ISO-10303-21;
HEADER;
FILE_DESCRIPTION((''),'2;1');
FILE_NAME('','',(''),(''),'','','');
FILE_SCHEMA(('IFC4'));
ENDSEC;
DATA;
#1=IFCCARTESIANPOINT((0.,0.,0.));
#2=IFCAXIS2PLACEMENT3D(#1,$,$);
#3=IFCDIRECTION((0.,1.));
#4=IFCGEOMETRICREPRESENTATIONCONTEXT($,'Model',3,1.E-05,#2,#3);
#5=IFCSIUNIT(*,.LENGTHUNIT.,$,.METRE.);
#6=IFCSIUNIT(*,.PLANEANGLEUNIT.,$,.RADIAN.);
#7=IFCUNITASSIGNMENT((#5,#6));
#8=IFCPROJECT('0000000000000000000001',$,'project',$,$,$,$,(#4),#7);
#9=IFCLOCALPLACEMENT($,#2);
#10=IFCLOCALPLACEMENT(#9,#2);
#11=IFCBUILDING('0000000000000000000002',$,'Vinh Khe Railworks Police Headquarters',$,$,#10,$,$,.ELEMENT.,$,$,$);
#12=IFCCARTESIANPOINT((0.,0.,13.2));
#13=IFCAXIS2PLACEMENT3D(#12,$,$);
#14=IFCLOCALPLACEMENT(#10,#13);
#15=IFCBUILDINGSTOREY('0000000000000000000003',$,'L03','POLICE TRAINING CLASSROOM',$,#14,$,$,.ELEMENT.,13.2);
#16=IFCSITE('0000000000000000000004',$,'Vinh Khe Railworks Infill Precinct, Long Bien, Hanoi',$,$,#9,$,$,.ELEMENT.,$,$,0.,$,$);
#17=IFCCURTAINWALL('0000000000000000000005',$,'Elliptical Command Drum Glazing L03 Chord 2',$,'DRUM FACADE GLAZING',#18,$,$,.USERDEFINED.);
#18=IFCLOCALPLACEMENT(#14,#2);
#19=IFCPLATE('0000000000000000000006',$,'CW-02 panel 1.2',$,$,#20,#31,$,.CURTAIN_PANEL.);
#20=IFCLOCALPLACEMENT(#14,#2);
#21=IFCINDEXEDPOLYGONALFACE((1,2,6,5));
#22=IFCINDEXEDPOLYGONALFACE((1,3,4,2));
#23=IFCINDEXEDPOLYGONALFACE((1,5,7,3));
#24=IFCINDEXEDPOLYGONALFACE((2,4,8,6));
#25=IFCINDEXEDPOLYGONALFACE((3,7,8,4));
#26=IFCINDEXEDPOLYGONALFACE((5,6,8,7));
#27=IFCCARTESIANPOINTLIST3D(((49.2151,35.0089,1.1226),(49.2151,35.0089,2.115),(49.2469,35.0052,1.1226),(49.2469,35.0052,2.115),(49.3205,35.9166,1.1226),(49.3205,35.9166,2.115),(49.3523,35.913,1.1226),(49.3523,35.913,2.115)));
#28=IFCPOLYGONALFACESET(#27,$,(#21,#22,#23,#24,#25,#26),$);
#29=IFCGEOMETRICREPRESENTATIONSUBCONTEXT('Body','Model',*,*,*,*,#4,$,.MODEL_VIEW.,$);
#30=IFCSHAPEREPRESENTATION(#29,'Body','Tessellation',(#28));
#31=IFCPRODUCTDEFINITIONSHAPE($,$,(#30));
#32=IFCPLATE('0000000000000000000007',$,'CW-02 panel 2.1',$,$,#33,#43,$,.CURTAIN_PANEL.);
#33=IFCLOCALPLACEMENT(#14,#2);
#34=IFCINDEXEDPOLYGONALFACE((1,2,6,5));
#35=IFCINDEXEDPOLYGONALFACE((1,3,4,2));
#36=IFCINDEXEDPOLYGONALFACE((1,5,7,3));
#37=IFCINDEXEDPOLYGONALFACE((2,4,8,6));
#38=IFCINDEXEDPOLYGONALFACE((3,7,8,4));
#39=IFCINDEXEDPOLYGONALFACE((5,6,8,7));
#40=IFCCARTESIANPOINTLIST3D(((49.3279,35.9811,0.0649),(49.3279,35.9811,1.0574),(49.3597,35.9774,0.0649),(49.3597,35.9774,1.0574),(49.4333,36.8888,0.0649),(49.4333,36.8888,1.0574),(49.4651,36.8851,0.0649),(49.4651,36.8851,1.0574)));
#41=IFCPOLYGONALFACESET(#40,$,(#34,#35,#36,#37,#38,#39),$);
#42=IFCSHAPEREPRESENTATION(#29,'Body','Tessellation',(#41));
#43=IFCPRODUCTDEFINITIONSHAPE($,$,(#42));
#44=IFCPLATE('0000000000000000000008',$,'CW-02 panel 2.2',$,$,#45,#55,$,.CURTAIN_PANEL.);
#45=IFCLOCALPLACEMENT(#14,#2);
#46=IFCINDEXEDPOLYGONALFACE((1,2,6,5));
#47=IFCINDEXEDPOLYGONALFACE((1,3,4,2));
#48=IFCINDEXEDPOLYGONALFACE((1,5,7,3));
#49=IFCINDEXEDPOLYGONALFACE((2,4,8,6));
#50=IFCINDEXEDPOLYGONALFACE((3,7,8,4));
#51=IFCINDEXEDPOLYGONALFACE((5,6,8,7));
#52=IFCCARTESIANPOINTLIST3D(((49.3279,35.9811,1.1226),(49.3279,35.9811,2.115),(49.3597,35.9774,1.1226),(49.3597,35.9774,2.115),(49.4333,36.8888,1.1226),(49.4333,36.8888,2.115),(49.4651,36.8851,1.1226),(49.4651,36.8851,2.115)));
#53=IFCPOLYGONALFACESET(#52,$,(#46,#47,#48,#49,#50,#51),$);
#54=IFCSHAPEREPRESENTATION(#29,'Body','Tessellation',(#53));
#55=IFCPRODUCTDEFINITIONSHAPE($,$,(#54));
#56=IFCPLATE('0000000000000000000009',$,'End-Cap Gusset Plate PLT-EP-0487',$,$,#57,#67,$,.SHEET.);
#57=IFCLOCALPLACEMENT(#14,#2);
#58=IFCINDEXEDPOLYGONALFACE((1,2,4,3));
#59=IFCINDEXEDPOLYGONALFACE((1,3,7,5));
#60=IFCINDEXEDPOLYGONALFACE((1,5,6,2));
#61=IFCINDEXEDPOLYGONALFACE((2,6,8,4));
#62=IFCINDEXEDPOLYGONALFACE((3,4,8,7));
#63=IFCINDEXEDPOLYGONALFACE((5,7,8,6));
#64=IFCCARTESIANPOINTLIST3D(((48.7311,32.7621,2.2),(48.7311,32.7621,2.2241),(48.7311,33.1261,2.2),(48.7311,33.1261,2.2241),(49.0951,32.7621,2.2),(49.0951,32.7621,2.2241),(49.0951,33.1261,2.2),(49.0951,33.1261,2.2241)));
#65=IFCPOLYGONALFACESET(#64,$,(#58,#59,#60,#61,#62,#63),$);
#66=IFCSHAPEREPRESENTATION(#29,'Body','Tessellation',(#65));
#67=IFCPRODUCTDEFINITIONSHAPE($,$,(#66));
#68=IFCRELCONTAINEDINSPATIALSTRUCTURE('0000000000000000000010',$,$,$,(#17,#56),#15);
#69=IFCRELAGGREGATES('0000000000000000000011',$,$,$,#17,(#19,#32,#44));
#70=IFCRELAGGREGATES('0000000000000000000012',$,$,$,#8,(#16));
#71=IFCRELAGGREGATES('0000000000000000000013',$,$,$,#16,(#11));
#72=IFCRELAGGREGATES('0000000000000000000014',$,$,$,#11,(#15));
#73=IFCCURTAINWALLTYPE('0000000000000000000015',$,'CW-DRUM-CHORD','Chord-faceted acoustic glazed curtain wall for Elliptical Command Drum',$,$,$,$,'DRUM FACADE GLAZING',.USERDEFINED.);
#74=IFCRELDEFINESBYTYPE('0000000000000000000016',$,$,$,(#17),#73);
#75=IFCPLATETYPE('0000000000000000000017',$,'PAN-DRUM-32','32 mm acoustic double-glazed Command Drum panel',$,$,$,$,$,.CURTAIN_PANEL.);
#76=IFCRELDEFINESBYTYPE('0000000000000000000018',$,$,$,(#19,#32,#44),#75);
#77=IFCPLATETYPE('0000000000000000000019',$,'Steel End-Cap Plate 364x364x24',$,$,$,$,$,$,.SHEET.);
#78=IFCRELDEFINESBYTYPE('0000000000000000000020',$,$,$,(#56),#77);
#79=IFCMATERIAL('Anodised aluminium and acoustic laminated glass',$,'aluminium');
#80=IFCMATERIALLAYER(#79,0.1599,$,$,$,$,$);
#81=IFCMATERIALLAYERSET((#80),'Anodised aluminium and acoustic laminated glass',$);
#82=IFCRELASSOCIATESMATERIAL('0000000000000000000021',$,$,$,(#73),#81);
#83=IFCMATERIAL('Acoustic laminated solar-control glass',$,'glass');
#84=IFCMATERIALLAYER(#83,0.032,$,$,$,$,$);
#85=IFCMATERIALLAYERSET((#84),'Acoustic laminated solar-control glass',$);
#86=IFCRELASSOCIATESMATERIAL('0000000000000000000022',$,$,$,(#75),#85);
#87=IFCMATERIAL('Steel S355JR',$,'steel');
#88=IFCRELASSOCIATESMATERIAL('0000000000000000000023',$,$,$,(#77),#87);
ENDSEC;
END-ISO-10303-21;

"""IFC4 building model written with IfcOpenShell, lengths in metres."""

from ifc_helpers import new_model, si_unit, direction, frame, origin, origin_2d, place, context, subcontext, project, spatial, rectangle, extrude, material, layer, layer_set, material_profile, profile_set, type_object, element, aggregate, save


model = new_model("IFC4")

# Units and contexts
model_context = context("Model", 3, precision=1e-05, world=origin(), true_north=direction((0.0, 1.0)))
body_context = subcontext(model_context, "Body", "Model", "MODEL_VIEW")
ifc_project = project(units=[si_unit("LENGTHUNIT", "METRE"), si_unit("PLANEANGLEUNIT", "RADIAN")], contexts=[model_context])

# Site, building, storey
site_placement = place(None, origin())
site = spatial("IfcSite", under=ifc_project, at=site_placement, Name="Vinh Khe Railworks Infill Precinct, Long Bien, Hanoi", CompositionType="ELEMENT", RefElevation=0.0)
building_placement = place(site_placement, origin())
building = spatial("IfcBuilding", under=site, at=building_placement, Name="Vinh Khe Railworks Police Headquarters", CompositionType="ELEMENT")
storey_placement = place(building_placement, frame((0.0, 0.0, 13.2)))
storey = spatial("IfcBuildingStorey", under=building, at=storey_placement, Name="L03", Description="POLICE TRAINING CLASSROOM", CompositionType="ELEMENT", Elevation=13.2)

# Curtain wall
ifc_material_1 = material(Name="Anodised aluminium and acoustic laminated glass", Category="aluminium")
ifc_layer_1 = layer(ifc_material_1, 0.1599)
ifc_layer_set_1 = layer_set([ifc_layer_1], Name="Anodised aluminium and acoustic laminated glass")
curtain_wall_type = type_object("IfcCurtainWallType", Name="CW-DRUM-CHORD", Description="Chord-faceted acoustic glazed curtain wall for Elliptical Command Drum", ElementType="DRUM FACADE GLAZING", PredefinedType="USERDEFINED", material=ifc_layer_set_1)
curtain_wall_1_placement = place(storey_placement, origin())
curtain_wall_1 = element("IfcCurtainWall", 1, at=curtain_wall_1_placement, inside=storey, type_object=curtain_wall_type, Name="Elliptical Command Drum Glazing L03 Chord 2", ObjectType="DRUM FACADE GLAZING", PredefinedType="USERDEFINED")

# Shared definitions
ifc_material_2 = material(Name="Steel S355JR", Category="steel")

# Plates
ifc_material_3 = material(Name="Acoustic laminated solar-control glass", Category="glass")
ifc_layer_2 = layer(ifc_material_3, 0.032)
ifc_layer_set_2 = layer_set([ifc_layer_2], Name="Acoustic laminated solar-control glass")
plate_type_1 = type_object("IfcPlateType", Name="PAN-DRUM-32", Description="32 mm acoustic double-glazed Command Drum panel", PredefinedType="CURTAIN_PANEL", material=ifc_layer_set_2)
plate_1_placement = place(storey_placement, frame((49.2837, 35.4609, 1.1226), z_axis=(0.0, 0.0, 1.0), x_axis=(0.115318, 0.993329, 0.0)))
plate_1 = element("IfcPlate", 2, at=plate_1_placement, type_object=plate_type_1, Name="CW-02 panel 1.2", PredefinedType="CURTAIN_PANEL", context=body_context, shape_type="SweptSolid", body=[
    extrude(rectangle(XDim=0.9138, YDim=0.032, at=origin_2d()), origin(), (0.0, 0.0, 1.0), 0.9924),
])
plate_2_placement = place(storey_placement, frame((49.3965, 36.4331, 0.0649), z_axis=(0.0, 0.0, 1.0), x_axis=(0.115318, 0.993329, 0.0)))
plate_2 = element("IfcPlate", 3, at=plate_2_placement, type_object=plate_type_1, Name="CW-02 panel 2.1", PredefinedType="CURTAIN_PANEL", context=body_context, shape_type="SweptSolid", body=[
    extrude(rectangle(XDim=0.9138, YDim=0.032, at=origin_2d()), origin(), (0.0, 0.0, 1.0), 0.9924),
])
plate_3_placement = place(storey_placement, frame((49.3965, 36.4331, 1.1226), z_axis=(0.0, 0.0, 1.0), x_axis=(0.115318, 0.993329, 0.0)))
plate_3 = element("IfcPlate", 4, at=plate_3_placement, type_object=plate_type_1, Name="CW-02 panel 2.2", PredefinedType="CURTAIN_PANEL", context=body_context, shape_type="SweptSolid", body=[
    extrude(rectangle(XDim=0.9138, YDim=0.032, at=origin_2d()), origin(), (0.0, 0.0, 1.0), 0.9924),
])
aggregate(curtain_wall_1, [plate_1, plate_2, plate_3])
ifc_material_profile_1 = material_profile(ifc_material_2, rectangle(XDim=0.364, YDim=0.364, at=origin_2d()), Name="PL 364x364")
ifc_profile_set_1 = profile_set([ifc_material_profile_1], Name="Steel S355JR")
plate_type_2 = type_object("IfcPlateType", Name="Steel End-Cap Plate 364x364x24", PredefinedType="SHEET", material=ifc_profile_set_1)
plate_4_placement = place(storey_placement, frame((48.9131, 32.9441, 2.2), z_axis=(0.0, 0.0, 1.0), x_axis=(1.0, 0.0, 0.0)))
element("IfcPlate", 5, at=plate_4_placement, inside=storey, type_object=plate_type_2, Name="End-Cap Gusset Plate PLT-EP-0487", PredefinedType="SHEET", context=body_context, shape_type="SweptSolid", body=[
    extrude(rectangle(XDim=0.364, YDim=0.364, at=origin_2d()), origin(), (0.0, 0.0, 1.0), 0.0242),
])

save(model, "model.ifc")
